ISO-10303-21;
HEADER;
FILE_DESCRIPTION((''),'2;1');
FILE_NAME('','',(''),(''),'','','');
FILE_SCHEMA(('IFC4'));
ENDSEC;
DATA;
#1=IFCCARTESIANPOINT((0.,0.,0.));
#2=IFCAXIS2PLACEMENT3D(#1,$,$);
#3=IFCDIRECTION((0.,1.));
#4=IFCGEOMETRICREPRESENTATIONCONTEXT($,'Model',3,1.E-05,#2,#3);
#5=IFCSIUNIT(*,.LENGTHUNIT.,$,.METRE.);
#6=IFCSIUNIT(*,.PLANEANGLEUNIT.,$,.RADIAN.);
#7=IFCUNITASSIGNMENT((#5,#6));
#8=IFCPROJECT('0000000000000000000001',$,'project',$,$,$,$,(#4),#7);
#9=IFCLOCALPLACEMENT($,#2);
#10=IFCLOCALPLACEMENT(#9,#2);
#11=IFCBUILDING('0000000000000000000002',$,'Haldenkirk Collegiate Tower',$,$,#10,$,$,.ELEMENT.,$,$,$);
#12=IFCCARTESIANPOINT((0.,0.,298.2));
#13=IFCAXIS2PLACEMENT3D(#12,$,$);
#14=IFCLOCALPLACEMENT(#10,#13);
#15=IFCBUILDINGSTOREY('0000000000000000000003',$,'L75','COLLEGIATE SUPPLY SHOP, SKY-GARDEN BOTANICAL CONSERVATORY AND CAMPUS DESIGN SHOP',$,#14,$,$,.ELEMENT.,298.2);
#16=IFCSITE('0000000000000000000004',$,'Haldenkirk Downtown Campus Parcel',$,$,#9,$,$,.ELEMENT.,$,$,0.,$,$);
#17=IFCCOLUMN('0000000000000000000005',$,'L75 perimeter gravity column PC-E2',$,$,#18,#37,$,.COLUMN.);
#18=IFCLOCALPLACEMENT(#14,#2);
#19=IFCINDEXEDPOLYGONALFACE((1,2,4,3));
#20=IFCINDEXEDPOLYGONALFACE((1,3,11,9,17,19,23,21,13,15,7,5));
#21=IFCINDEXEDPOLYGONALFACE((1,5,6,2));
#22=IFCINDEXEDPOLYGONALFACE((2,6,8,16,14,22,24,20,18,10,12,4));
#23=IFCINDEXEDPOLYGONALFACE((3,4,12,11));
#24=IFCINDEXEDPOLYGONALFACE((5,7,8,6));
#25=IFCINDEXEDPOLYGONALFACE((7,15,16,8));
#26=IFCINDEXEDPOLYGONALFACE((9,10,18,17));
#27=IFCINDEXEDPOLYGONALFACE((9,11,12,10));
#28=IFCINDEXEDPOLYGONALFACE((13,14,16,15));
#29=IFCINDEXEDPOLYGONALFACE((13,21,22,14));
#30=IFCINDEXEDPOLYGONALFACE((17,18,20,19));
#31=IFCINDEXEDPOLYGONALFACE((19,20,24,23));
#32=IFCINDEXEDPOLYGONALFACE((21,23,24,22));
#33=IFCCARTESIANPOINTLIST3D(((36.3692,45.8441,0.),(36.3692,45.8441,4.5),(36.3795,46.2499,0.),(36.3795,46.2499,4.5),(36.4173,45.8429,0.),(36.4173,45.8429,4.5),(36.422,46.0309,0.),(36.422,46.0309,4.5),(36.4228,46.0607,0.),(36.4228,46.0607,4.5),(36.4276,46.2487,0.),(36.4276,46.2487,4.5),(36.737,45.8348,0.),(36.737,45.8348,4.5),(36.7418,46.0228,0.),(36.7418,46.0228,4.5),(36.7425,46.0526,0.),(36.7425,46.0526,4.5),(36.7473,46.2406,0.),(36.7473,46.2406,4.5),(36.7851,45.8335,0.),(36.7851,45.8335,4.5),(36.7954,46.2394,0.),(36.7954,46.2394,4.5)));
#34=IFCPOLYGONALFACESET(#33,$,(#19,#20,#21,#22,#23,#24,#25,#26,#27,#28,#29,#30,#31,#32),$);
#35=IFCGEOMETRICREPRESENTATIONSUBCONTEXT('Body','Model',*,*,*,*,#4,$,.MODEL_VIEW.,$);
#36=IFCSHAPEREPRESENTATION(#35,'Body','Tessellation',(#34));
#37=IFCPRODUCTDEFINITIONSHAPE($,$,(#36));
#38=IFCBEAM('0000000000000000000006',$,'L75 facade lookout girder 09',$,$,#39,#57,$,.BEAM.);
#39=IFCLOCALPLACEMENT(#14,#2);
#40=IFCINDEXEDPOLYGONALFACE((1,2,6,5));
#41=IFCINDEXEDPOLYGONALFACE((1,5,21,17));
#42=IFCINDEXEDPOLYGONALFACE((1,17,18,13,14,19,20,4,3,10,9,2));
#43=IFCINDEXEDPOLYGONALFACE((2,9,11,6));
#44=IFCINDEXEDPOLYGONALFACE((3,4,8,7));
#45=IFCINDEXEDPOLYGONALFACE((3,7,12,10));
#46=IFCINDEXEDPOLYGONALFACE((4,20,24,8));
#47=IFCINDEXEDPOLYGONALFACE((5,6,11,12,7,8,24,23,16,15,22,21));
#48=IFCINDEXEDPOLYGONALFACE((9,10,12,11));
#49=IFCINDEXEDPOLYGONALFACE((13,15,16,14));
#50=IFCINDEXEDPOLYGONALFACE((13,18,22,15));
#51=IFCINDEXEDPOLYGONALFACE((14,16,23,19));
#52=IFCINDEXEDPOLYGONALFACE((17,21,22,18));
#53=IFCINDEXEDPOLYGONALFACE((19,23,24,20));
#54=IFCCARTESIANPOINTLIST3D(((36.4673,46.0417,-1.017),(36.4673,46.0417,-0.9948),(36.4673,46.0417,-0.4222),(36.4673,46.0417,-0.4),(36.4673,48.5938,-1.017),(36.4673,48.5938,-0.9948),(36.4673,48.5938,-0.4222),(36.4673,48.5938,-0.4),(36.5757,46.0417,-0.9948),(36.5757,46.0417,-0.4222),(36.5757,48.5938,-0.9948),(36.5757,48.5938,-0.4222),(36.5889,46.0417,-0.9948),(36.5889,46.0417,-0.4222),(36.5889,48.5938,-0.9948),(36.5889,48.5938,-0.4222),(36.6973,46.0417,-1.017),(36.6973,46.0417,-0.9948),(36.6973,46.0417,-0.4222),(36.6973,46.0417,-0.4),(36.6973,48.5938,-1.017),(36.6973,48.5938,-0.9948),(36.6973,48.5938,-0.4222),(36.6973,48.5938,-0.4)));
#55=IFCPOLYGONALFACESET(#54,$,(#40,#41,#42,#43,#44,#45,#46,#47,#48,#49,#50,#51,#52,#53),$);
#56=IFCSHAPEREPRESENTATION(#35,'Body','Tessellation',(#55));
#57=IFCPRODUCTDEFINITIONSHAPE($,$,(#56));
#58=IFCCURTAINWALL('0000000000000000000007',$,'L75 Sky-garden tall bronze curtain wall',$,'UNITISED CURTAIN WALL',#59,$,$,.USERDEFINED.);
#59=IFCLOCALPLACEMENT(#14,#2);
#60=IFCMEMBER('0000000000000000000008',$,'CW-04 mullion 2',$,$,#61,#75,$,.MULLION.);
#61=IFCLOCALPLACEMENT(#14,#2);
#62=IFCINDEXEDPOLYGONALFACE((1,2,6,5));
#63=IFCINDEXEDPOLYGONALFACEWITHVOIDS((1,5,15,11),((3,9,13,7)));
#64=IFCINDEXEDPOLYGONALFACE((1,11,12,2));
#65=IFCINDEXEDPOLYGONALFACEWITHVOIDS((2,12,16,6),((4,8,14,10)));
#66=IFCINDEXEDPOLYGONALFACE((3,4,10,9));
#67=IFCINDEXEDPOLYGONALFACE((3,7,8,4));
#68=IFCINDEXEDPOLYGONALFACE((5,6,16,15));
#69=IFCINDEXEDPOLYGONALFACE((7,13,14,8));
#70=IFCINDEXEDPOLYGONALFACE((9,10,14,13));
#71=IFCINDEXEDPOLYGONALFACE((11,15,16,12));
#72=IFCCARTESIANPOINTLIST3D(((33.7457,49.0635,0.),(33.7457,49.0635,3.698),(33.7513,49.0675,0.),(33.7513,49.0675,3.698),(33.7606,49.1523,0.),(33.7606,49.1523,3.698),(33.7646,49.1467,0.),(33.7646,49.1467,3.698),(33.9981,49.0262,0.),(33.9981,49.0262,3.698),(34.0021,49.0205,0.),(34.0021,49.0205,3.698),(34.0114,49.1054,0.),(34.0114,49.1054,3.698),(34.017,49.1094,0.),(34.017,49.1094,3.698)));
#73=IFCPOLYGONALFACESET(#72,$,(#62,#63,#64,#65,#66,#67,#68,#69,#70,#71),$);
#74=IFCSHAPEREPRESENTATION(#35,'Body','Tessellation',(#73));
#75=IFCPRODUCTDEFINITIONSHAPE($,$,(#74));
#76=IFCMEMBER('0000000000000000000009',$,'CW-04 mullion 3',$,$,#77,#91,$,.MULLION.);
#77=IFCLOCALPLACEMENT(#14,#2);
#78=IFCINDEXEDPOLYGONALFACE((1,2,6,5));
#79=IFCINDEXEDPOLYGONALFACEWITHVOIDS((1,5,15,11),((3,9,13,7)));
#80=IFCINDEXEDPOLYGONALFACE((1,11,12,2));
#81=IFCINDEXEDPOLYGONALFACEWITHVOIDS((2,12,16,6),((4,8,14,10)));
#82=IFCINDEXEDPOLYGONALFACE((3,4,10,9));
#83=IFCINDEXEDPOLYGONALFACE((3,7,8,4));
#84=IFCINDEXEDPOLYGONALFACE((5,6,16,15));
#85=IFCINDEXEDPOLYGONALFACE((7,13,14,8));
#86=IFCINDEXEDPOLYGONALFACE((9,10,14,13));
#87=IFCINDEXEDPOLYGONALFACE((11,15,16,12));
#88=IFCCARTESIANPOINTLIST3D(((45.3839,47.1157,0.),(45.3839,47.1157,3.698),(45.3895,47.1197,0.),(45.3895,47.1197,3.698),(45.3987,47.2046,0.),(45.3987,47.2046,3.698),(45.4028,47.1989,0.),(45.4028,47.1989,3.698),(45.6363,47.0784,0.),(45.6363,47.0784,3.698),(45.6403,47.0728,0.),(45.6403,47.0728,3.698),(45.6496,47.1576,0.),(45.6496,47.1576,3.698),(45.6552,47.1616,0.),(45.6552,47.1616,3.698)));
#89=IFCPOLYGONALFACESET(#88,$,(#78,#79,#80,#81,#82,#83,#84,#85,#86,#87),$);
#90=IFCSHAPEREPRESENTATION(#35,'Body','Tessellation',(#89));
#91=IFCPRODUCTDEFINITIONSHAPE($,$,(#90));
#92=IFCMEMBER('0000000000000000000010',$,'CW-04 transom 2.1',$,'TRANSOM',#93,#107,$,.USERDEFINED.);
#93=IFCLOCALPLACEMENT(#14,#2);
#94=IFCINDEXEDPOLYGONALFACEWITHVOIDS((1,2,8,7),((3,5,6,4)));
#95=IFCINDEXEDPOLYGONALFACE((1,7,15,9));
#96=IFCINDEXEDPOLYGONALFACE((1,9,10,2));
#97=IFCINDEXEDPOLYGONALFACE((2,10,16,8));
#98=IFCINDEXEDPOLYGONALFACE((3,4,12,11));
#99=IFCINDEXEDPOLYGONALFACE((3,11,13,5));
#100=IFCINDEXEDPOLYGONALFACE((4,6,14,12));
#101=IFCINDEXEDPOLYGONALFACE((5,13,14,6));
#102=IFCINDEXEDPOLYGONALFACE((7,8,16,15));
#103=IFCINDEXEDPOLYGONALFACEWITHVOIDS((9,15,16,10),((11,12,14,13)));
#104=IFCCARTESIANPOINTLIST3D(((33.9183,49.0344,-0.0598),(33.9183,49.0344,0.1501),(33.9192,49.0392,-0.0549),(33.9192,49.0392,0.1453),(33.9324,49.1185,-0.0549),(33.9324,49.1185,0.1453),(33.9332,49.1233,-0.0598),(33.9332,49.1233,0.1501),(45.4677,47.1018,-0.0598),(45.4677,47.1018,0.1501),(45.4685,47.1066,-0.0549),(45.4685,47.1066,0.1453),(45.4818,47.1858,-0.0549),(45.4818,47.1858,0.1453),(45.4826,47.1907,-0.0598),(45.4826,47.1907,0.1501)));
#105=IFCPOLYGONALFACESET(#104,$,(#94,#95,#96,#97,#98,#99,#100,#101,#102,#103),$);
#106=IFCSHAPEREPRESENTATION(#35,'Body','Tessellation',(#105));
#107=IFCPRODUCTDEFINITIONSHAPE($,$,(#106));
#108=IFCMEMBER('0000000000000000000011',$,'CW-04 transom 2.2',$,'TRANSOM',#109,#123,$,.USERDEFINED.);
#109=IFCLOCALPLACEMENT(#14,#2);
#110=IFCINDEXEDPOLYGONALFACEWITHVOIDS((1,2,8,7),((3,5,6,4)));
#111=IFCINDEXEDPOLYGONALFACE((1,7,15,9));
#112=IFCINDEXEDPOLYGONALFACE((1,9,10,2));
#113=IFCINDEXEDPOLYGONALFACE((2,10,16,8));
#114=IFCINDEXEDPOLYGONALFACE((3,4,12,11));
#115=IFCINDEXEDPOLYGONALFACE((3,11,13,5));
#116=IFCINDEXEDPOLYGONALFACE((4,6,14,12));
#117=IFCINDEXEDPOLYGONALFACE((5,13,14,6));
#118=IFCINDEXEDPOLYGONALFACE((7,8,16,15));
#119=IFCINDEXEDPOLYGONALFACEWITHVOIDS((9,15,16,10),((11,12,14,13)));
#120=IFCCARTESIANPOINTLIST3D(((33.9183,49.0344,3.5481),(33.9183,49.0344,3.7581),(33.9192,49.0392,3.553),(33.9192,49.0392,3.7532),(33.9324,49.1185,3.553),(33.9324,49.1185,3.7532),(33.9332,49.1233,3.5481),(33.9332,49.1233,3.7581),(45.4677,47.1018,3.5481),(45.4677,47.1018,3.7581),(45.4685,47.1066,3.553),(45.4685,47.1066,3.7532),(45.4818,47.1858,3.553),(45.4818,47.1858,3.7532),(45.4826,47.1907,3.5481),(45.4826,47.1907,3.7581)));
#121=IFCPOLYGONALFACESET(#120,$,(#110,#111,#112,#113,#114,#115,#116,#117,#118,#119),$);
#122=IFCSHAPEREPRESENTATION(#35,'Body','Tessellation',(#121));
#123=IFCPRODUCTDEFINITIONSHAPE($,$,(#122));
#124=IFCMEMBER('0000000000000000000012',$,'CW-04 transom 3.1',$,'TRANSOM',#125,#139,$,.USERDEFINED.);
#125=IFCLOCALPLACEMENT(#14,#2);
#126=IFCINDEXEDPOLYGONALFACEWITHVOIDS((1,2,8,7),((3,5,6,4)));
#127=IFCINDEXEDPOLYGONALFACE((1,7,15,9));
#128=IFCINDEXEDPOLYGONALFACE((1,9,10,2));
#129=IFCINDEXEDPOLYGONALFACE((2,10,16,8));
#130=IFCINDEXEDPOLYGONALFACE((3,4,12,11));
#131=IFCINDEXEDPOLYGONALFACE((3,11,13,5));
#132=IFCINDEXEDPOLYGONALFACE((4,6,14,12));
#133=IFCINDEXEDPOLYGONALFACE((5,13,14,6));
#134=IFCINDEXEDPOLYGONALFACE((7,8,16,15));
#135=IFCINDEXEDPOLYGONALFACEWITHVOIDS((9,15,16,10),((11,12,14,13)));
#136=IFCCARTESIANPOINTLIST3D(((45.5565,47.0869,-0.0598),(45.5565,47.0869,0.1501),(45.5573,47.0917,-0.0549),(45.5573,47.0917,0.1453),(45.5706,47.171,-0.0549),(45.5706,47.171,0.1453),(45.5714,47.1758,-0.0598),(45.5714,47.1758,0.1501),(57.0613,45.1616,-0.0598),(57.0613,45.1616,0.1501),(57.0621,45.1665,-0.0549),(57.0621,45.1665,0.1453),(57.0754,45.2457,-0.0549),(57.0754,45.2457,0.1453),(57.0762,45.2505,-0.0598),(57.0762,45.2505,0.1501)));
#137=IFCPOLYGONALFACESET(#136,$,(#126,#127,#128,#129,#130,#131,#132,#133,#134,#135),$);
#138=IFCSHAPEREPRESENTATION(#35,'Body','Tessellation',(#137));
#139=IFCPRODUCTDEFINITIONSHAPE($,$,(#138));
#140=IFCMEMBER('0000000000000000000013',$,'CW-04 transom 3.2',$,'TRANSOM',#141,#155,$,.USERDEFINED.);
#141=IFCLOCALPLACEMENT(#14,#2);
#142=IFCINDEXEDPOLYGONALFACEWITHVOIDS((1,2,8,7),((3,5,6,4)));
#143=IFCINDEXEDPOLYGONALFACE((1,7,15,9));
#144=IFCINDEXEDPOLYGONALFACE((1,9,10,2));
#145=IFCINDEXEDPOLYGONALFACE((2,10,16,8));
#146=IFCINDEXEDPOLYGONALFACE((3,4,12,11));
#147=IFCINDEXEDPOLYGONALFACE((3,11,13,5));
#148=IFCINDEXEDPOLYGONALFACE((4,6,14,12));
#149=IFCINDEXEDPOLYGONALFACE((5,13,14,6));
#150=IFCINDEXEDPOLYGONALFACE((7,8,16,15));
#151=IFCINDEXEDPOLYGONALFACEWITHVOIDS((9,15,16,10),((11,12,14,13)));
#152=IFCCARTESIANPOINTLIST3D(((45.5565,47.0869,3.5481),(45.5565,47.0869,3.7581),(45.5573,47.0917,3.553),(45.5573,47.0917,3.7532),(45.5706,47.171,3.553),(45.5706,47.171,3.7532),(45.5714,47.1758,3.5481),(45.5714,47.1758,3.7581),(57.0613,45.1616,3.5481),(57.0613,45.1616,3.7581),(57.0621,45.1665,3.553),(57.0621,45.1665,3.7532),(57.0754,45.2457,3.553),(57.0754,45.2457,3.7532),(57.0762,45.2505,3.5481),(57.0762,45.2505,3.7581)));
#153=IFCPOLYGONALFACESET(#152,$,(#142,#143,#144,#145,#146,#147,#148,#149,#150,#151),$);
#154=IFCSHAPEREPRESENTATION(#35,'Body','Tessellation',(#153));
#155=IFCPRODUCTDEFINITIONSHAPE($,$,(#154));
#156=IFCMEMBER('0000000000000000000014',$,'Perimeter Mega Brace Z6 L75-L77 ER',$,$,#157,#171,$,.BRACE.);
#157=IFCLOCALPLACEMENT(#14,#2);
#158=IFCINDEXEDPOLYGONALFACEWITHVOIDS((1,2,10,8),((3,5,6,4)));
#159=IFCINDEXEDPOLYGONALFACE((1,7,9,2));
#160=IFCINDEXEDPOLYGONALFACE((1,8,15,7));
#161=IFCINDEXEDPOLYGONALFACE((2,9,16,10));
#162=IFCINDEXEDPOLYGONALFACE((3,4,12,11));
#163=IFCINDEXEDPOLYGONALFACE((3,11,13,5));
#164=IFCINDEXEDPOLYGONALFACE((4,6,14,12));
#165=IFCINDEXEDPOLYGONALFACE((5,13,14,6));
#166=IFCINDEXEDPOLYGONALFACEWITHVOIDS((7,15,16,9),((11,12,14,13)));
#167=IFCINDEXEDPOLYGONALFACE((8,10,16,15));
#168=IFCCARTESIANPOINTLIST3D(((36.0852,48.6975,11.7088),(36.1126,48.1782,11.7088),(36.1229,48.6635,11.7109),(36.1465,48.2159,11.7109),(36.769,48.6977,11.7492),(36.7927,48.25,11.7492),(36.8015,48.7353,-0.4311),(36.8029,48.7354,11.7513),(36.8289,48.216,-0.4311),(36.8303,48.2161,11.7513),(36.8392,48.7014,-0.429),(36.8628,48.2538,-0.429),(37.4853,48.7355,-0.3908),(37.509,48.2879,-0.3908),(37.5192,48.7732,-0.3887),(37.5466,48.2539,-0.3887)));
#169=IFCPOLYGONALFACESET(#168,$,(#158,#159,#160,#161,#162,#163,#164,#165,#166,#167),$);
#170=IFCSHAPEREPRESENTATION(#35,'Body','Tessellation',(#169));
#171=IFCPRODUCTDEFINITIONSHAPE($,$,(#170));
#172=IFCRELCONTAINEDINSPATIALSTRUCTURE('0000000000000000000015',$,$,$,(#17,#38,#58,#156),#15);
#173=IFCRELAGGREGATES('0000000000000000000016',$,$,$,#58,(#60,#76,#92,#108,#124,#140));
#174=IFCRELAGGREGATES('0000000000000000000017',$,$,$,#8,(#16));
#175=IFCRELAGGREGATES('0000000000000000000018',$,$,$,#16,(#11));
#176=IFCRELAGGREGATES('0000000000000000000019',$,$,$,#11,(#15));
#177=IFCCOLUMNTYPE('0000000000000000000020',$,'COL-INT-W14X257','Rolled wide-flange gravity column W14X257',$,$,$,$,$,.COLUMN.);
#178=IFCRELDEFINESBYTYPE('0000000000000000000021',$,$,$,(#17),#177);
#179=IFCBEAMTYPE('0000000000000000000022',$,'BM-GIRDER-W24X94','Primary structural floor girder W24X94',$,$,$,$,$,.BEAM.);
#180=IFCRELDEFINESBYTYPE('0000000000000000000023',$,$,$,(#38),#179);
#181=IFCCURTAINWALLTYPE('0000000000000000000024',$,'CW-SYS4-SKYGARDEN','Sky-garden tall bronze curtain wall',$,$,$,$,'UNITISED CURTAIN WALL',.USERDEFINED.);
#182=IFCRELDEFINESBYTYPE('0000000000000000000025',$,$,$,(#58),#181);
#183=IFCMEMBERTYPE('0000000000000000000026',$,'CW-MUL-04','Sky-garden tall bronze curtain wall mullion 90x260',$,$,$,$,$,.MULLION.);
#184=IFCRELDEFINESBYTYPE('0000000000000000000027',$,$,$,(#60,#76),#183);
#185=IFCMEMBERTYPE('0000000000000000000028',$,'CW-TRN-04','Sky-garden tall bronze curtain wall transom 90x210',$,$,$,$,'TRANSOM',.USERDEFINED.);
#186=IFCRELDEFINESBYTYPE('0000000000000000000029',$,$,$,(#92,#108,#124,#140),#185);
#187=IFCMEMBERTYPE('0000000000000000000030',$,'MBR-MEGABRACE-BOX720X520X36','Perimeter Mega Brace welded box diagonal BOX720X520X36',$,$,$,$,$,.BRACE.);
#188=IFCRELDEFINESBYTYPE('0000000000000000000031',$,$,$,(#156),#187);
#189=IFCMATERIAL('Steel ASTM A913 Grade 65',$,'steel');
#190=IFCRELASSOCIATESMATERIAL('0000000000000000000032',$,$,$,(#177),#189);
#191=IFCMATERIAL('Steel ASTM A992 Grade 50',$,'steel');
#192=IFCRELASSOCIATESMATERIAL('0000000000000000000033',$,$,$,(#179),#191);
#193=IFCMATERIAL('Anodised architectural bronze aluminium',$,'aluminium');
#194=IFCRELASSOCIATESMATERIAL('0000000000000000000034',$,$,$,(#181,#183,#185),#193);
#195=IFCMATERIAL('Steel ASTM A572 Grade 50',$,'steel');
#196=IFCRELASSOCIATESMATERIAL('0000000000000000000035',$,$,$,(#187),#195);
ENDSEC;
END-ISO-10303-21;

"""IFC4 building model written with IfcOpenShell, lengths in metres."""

from ifc_helpers import new_model, si_unit, direction, frame, origin, origin_2d, place, context, subcontext, project, spatial, hollow_rectangle, i_section, extrude, material, material_profile, profile_set, type_object, element, aggregate, save


model = new_model("IFC4")

# Units and contexts
model_context = context("Model", 3, precision=1e-05, world=origin(), true_north=direction((0.0, 1.0)))
body_context = subcontext(model_context, "Body", "Model", "MODEL_VIEW")
ifc_project = project(units=[si_unit("LENGTHUNIT", "METRE"), si_unit("PLANEANGLEUNIT", "RADIAN")], contexts=[model_context])

# Site, building, storey
site_placement = place(None, origin())
site = spatial("IfcSite", under=ifc_project, at=site_placement, Name="Haldenkirk Downtown Campus Parcel", CompositionType="ELEMENT", RefElevation=0.0)
building_placement = place(site_placement, origin())
building = spatial("IfcBuilding", under=site, at=building_placement, Name="Haldenkirk Collegiate Tower", CompositionType="ELEMENT")
storey_placement = place(building_placement, frame((0.0, 0.0, 298.2)))
storey = spatial("IfcBuildingStorey", under=building, at=storey_placement, Name="L75", Description="COLLEGIATE SUPPLY SHOP, SKY-GARDEN BOTANICAL CONSERVATORY AND CAMPUS DESIGN SHOP", CompositionType="ELEMENT", Elevation=298.2)

# Column
ifc_material_1 = material(Name="Steel ASTM A913 Grade 65", Category="steel")
ifc_material_profile_1 = material_profile(ifc_material_1, i_section(OverallWidth=0.406, OverallDepth=0.416, WebThickness=0.0298, FlangeThickness=0.0481, at=origin_2d()), Name="W14X257")
ifc_profile_set_1 = profile_set([ifc_material_profile_1], Name="Steel ASTM A913 Grade 65")
column_type = type_object("IfcColumnType", Name="COL-INT-W14X257", Description="Rolled wide-flange gravity column W14X257", PredefinedType="COLUMN", material=ifc_profile_set_1)
column_placement = place(storey_placement, frame((36.5823, 46.0417, 0.0), z_axis=(0.0, 0.0, 1.0), x_axis=(0.025305, 0.99968, 0.0)))
element("IfcColumn", 1, at=column_placement, inside=storey, type_object=column_type, Name="L75 perimeter gravity column PC-E2", PredefinedType="COLUMN", context=body_context, shape_type="SweptSolid", body=[
    extrude(i_section(OverallWidth=0.406, OverallDepth=0.416, WebThickness=0.0298, FlangeThickness=0.0481, at=origin_2d()), origin(), (0.0, 0.0, 1.0), 4.5),
])

# Beam
ifc_material_2 = material(Name="Steel ASTM A992 Grade 50", Category="steel")
ifc_material_profile_2 = material_profile(ifc_material_2, i_section(OverallWidth=0.23, OverallDepth=0.6169, WebThickness=0.0132, FlangeThickness=0.0222, at=origin_2d()), Name="W24X94")
ifc_profile_set_2 = profile_set([ifc_material_profile_2], Name="Steel ASTM A992 Grade 50")
beam_type = type_object("IfcBeamType", Name="BM-GIRDER-W24X94", Description="Primary structural floor girder W24X94", PredefinedType="BEAM", material=ifc_profile_set_2)
beam_placement = place(storey_placement, frame((36.5823, 46.0417, -0.7085), z_axis=(0.0, 1.0, 0.0), x_axis=(-1.0, 0.0, 0.0)))
element("IfcBeam", 2, at=beam_placement, inside=storey, type_object=beam_type, Name="L75 facade lookout girder 09", PredefinedType="BEAM", context=body_context, shape_type="SweptSolid", body=[
    extrude(i_section(OverallWidth=0.23, OverallDepth=0.6169, WebThickness=0.0132, FlangeThickness=0.0222, at=origin_2d()), origin(), (0.0, 0.0, 1.0), 2.552),
])

# Curtain wall, members
ifc_material_3 = material(Name="Anodised architectural bronze aluminium", Category="aluminium")
curtain_wall_type = type_object("IfcCurtainWallType", Name="CW-SYS4-SKYGARDEN", Description="Sky-garden tall bronze curtain wall", ElementType="UNITISED CURTAIN WALL", PredefinedType="USERDEFINED", material=ifc_material_3)
curtain_wall_placement = place(storey_placement, origin())
curtain_wall = element("IfcCurtainWall", 3, at=curtain_wall_placement, inside=storey, type_object=curtain_wall_type, Name="L75 Sky-garden tall bronze curtain wall", ObjectType="UNITISED CURTAIN WALL", PredefinedType="USERDEFINED")
ifc_material_profile_3 = material_profile(ifc_material_3, hollow_rectangle(XDim=0.0901, YDim=0.26, WallThickness=0.0049, at=origin_2d()), Name="CW-MUL-04")
ifc_profile_set_3 = profile_set([ifc_material_profile_3], Name="Anodised architectural bronze aluminium")
member_type_1 = type_object("IfcMemberType", Name="CW-MUL-04", Description="Sky-garden tall bronze curtain wall mullion 90x260", PredefinedType="MULLION", material=ifc_profile_set_3)
member_1_placement = place(storey_placement, frame((33.8813, 49.0864, 0.0), z_axis=(0.0, 0.0, 1.0), x_axis=(0.165049, 0.986285, 0.0)))
member_1 = element("IfcMember", 4, at=member_1_placement, type_object=member_type_1, Name="CW-04 mullion 2", PredefinedType="MULLION", context=body_context, shape_type="SweptSolid", body=[
    extrude(hollow_rectangle(XDim=0.0901, YDim=0.26, WallThickness=0.0049, at=origin_2d()), origin(), (0.0, 0.0, 1.0), 3.698),
])
member_2_placement = place(storey_placement, frame((45.5195, 47.1387, 0.0), z_axis=(0.0, 0.0, 1.0), x_axis=(0.165049, 0.986285, 0.0)))
member_2 = element("IfcMember", 5, at=member_2_placement, type_object=member_type_1, Name="CW-04 mullion 3", PredefinedType="MULLION", context=body_context, shape_type="SweptSolid", body=[
    extrude(hollow_rectangle(XDim=0.0901, YDim=0.26, WallThickness=0.0049, at=origin_2d()), origin(), (0.0, 0.0, 1.0), 3.698),
])
ifc_material_profile_4 = material_profile(ifc_material_3, hollow_rectangle(XDim=0.0901, YDim=0.21, WallThickness=0.0049, at=origin_2d()), Name="CW-TRN-04")
ifc_profile_set_4 = profile_set([ifc_material_profile_4], Name="Anodised architectural bronze aluminium")
member_type_2 = type_object("IfcMemberType", Name="CW-TRN-04", Description="Sky-garden tall bronze curtain wall transom 90x210", ElementType="TRANSOM", PredefinedType="USERDEFINED", material=ifc_profile_set_4)
member_3_placement = place(storey_placement, frame((33.9258, 49.0789, 0.0452), z_axis=(0.986287, -0.165041, 0.0), x_axis=(0.165041, 0.986287, 0.0)))
member_3 = element("IfcMember", 6, at=member_3_placement, type_object=member_type_2, Name="CW-04 transom 2.1", ObjectType="TRANSOM", PredefinedType="USERDEFINED", context=body_context, shape_type="SweptSolid", body=[
    extrude(hollow_rectangle(XDim=0.0901, YDim=0.21, WallThickness=0.0049, at=origin_2d()), origin(), (0.0, 0.0, 1.0), 11.71),
])
member_4_placement = place(storey_placement, frame((33.9258, 49.0789, 3.6531), z_axis=(0.986287, -0.165041, 0.0), x_axis=(0.165041, 0.986287, 0.0)))
member_4 = element("IfcMember", 7, at=member_4_placement, type_object=member_type_2, Name="CW-04 transom 2.2", ObjectType="TRANSOM", PredefinedType="USERDEFINED", context=body_context, shape_type="SweptSolid", body=[
    extrude(hollow_rectangle(XDim=0.0901, YDim=0.21, WallThickness=0.0049, at=origin_2d()), origin(), (0.0, 0.0, 1.0), 11.71),
])
member_5_placement = place(storey_placement, frame((45.564, 47.1313, 0.0452), z_axis=(0.986285, -0.165051, 0.0), x_axis=(0.165051, 0.986285, 0.0)))
member_5 = element("IfcMember", 8, at=member_5_placement, type_object=member_type_2, Name="CW-04 transom 3.1", ObjectType="TRANSOM", PredefinedType="USERDEFINED", context=body_context, shape_type="SweptSolid", body=[
    extrude(hollow_rectangle(XDim=0.0901, YDim=0.21, WallThickness=0.0049, at=origin_2d()), origin(), (0.0, 0.0, 1.0), 11.6648),
])
member_6_placement = place(storey_placement, frame((45.564, 47.1313, 3.6531), z_axis=(0.986285, -0.165051, 0.0), x_axis=(0.165051, 0.986285, 0.0)))
member_6 = element("IfcMember", 9, at=member_6_placement, type_object=member_type_2, Name="CW-04 transom 3.2", ObjectType="TRANSOM", PredefinedType="USERDEFINED", context=body_context, shape_type="SweptSolid", body=[
    extrude(hollow_rectangle(XDim=0.0901, YDim=0.21, WallThickness=0.0049, at=origin_2d()), origin(), (0.0, 0.0, 1.0), 11.6648),
])

# Member
ifc_material_4 = material(Name="Steel ASTM A572 Grade 50", Category="steel")
ifc_material_profile_5 = material_profile(ifc_material_4, hollow_rectangle(XDim=0.52, YDim=0.72, WallThickness=0.0359, at=origin_2d()), Name="BOX720X520X36")
ifc_profile_set_5 = profile_set([ifc_material_profile_5], Name="Steel ASTM A572 Grade 50")
member_type_3 = type_object("IfcMemberType", Name="MBR-MEGABRACE-BOX720X520X36", Description="Perimeter Mega Brace welded box diagonal BOX720X520X36", PredefinedType="BRACE", material=ifc_profile_set_5)
member_7_placement = place(storey_placement, frame((37.1741, 48.4946, -0.4099), z_axis=(-0.058902, -0.003112, 0.998259), x_axis=(0.052755, -0.998607, 0.0)))
element("IfcMember", 10, at=member_7_placement, inside=storey, type_object=member_type_3, Name="Perimeter Mega Brace Z6 L75-L77 ER", PredefinedType="BRACE", context=body_context, shape_type="SweptSolid", body=[
    extrude(hollow_rectangle(XDim=0.52, YDim=0.72, WallThickness=0.0359, at=origin_2d()), origin(), (0.0, 0.0, 1.0), 12.1611),
])

aggregate(curtain_wall, [member_1, member_2, member_3, member_4, member_5, member_6])

save(model, "model.ifc")
